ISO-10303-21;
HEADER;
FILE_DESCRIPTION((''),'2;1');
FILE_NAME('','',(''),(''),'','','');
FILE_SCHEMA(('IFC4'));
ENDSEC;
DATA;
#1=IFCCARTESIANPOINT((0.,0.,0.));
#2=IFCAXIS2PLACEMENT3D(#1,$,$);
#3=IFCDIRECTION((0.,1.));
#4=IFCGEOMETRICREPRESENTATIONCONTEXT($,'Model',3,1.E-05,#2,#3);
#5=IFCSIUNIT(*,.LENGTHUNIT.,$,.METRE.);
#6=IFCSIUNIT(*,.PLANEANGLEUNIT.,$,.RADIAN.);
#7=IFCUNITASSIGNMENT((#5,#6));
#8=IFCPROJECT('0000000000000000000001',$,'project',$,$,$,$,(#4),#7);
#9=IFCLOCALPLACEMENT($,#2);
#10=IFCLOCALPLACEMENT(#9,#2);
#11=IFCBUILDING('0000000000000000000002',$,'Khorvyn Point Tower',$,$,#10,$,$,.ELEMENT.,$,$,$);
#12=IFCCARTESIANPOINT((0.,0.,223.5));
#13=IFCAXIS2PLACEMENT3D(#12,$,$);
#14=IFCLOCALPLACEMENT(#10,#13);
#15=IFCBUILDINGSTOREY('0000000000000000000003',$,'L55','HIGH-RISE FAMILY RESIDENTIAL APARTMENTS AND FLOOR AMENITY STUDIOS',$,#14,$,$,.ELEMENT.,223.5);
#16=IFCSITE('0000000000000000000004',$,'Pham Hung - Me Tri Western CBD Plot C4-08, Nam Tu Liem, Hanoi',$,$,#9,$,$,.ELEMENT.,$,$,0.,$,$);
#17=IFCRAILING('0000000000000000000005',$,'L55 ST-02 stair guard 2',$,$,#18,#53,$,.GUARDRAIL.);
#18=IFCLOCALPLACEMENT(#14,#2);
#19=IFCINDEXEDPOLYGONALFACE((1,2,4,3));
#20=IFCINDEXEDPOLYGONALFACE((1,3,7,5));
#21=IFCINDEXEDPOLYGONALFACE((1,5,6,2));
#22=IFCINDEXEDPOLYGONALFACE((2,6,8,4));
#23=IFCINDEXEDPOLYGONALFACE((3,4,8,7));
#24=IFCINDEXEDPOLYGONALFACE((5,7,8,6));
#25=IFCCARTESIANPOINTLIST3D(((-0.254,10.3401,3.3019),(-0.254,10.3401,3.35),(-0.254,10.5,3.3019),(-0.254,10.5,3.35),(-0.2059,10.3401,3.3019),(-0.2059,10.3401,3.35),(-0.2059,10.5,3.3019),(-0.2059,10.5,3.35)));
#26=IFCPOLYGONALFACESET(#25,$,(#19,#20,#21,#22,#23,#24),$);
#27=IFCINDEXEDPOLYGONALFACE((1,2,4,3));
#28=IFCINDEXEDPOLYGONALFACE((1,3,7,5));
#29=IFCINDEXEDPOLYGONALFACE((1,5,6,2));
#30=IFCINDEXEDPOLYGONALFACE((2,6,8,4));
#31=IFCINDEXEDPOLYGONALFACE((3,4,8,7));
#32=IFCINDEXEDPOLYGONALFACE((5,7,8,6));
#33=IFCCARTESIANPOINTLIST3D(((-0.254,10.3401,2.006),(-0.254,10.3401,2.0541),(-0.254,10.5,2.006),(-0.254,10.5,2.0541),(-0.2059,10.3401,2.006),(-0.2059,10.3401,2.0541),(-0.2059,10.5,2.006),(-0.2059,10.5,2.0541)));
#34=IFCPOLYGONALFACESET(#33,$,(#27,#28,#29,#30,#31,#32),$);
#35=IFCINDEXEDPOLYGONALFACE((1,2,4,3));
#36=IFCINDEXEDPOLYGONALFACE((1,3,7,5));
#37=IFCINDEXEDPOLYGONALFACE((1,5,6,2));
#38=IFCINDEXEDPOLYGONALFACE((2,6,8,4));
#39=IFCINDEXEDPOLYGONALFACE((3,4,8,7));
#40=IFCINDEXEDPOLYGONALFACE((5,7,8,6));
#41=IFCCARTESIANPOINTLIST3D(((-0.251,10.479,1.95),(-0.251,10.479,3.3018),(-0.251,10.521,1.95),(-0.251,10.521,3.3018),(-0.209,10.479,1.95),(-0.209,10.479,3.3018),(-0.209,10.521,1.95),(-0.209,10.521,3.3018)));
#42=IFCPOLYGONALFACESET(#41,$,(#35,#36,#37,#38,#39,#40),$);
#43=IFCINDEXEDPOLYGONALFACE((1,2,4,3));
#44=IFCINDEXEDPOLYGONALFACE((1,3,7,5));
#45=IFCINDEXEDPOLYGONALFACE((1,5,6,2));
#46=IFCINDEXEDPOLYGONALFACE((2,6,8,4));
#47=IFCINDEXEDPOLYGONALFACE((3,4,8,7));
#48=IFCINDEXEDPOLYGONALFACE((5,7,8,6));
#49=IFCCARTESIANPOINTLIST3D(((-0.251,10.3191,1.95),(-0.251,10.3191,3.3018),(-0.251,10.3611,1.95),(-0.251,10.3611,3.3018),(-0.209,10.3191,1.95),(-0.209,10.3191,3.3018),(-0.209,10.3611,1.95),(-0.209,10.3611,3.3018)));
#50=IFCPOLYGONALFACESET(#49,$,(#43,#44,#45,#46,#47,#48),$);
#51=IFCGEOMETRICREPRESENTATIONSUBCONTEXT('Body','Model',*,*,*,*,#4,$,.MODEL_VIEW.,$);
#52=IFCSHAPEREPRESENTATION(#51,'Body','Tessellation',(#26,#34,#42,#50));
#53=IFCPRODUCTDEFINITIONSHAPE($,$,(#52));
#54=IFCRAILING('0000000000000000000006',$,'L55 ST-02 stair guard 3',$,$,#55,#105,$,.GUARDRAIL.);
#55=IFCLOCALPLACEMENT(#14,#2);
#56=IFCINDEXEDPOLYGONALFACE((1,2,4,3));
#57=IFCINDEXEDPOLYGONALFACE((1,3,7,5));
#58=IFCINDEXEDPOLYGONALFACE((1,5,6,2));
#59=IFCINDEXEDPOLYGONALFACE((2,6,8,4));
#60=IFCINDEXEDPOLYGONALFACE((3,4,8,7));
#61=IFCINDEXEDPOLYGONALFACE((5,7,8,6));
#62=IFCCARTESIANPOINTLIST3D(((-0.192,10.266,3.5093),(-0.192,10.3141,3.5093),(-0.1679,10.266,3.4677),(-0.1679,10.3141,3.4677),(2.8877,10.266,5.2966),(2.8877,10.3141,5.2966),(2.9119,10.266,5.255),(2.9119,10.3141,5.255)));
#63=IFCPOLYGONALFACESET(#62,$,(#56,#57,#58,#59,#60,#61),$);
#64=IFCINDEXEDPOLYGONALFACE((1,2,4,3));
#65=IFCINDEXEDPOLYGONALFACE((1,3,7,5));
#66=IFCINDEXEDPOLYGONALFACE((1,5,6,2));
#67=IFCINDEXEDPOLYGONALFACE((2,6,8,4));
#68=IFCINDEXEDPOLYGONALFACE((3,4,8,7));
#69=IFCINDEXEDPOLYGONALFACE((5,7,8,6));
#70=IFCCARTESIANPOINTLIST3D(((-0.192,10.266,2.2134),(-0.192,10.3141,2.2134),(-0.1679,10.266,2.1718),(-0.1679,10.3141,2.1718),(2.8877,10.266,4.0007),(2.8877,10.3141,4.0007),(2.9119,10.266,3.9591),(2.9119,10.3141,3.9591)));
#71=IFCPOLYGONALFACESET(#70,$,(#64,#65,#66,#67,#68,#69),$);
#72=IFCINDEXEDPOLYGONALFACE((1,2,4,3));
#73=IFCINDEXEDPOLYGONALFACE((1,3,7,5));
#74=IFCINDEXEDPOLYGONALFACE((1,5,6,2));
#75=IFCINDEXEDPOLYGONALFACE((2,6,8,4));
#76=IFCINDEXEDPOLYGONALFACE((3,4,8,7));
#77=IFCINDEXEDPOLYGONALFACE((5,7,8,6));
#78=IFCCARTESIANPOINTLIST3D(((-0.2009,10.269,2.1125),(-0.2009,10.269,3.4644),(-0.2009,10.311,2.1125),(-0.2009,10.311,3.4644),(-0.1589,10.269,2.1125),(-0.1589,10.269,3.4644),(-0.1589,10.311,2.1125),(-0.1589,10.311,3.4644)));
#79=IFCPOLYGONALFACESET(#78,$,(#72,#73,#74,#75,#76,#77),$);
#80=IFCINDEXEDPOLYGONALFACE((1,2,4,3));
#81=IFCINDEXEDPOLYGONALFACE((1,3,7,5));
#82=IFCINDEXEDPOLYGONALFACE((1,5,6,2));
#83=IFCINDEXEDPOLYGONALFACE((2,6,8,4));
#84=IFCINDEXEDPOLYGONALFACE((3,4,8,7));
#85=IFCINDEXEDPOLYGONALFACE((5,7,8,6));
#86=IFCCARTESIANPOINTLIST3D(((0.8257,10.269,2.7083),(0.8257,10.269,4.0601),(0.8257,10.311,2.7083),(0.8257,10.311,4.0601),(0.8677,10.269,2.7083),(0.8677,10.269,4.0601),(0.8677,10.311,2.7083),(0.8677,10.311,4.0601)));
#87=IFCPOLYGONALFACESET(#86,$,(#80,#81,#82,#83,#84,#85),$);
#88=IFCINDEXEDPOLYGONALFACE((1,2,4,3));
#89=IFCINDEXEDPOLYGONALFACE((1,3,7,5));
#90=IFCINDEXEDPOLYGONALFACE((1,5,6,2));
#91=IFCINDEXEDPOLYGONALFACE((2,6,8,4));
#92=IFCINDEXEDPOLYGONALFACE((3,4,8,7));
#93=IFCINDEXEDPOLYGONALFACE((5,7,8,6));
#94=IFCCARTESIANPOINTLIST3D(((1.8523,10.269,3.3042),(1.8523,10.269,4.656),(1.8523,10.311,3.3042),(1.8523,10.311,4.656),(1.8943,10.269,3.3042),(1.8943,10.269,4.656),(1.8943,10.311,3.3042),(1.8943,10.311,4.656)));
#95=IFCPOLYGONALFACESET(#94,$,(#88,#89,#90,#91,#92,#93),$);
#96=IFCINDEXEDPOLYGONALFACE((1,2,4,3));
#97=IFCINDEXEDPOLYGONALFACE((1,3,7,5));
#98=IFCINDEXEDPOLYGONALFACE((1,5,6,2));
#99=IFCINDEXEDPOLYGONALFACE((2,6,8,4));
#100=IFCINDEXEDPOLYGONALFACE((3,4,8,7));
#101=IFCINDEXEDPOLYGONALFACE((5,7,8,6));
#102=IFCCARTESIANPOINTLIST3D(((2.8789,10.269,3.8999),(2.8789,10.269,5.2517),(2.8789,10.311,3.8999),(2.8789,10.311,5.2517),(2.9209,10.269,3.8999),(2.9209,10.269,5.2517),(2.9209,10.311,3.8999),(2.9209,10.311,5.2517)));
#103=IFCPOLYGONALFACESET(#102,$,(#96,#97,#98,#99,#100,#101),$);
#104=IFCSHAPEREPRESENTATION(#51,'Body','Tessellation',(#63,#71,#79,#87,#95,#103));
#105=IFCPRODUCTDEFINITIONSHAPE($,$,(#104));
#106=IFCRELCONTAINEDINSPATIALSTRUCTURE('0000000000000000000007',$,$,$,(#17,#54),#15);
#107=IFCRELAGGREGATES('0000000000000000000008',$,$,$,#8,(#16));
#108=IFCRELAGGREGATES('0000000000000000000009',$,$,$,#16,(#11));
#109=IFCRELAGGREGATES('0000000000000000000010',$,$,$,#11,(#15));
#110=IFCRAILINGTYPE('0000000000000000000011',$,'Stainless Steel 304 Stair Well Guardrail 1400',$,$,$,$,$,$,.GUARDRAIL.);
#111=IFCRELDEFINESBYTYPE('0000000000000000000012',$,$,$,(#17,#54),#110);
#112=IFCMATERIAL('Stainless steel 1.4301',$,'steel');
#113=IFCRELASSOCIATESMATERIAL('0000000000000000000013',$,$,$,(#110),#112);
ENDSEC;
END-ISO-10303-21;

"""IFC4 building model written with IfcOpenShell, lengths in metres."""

from ifc_helpers import new_model, si_unit, direction, frame, origin, origin_2d, place, context, subcontext, project, spatial, rectangle, extrude, material, type_object, element, save


model = new_model("IFC4")

# Units and contexts
model_context = context("Model", 3, precision=1e-05, world=origin(), true_north=direction((0.0, 1.0)))
body_context = subcontext(model_context, "Body", "Model", "MODEL_VIEW")
ifc_project = project(units=[si_unit("LENGTHUNIT", "METRE"), si_unit("PLANEANGLEUNIT", "RADIAN")], contexts=[model_context])

# Site, building, storey
site_placement = place(None, origin())
site = spatial("IfcSite", under=ifc_project, at=site_placement, Name="Pham Hung - Me Tri Western CBD Plot C4-08, Nam Tu Liem, Hanoi", CompositionType="ELEMENT", RefElevation=0.0)
building_placement = place(site_placement, origin())
building = spatial("IfcBuilding", under=site, at=building_placement, Name="Khorvyn Point Tower", CompositionType="ELEMENT")
storey_placement = place(building_placement, frame((0.0, 0.0, 223.5)))
storey = spatial("IfcBuildingStorey", under=building, at=storey_placement, Name="L55", Description="HIGH-RISE FAMILY RESIDENTIAL APARTMENTS AND FLOOR AMENITY STUDIOS", CompositionType="ELEMENT", Elevation=223.5)

# Railings
ifc_material_1 = material(Name="Stainless steel 1.4301", Category="steel")
railing_type_1 = type_object("IfcRailingType", Name="Stainless Steel 304 Stair Well Guardrail 1400", PredefinedType="GUARDRAIL", material=ifc_material_1)
railing_1_placement = place(storey_placement, frame((-0.23, 10.5, 1.95)))
element("IfcRailing", 1, at=railing_1_placement, inside=storey, type_object=railing_type_1, Name="L55 ST-02 stair guard 2", PredefinedType="GUARDRAIL", context=body_context, shape_type="SweptSolid", body=[
    extrude(rectangle(XDim=0.0481, YDim=0.0481, at=origin_2d()), frame((0.0, 0.0, 1.376), z_axis=(0.0, -1.0, 0.0), x_axis=(1.0, 0.0, 0.0)), (0.0, 0.0, 1.0), 0.1599),
    extrude(rectangle(XDim=0.0481, YDim=0.0481, at=origin_2d()), frame((0.0, 0.0, 0.0801), z_axis=(0.0, -1.0, 0.0), x_axis=(1.0, 0.0, 0.0)), (0.0, 0.0, 1.0), 0.1599),
    extrude(rectangle(XDim=0.042, YDim=0.042, at=origin_2d()), origin(), (0.0, 0.0, 1.0), 1.3518),
    extrude(rectangle(XDim=0.042, YDim=0.042, at=origin_2d()), frame((0.0, -0.1599, 0.0)), (0.0, 0.0, 1.0), 1.3518),
])
railing_2_placement = place(storey_placement, frame((-0.1799, 10.29, 2.1125)))
element("IfcRailing", 2, at=railing_2_placement, inside=storey, type_object=railing_type_1, Name="L55 ST-02 stair guard 3", PredefinedType="GUARDRAIL", context=body_context, shape_type="SweptSolid", body=[
    extrude(rectangle(XDim=0.0481, YDim=0.0481, at=origin_2d()), frame((0.0, 0.0, 1.376), z_axis=(0.864903, 0.0, 0.501939), x_axis=(0.0, 1.0, 0.0)), (0.0, 0.0, 1.0), 3.5608),
    extrude(rectangle(XDim=0.0481, YDim=0.0481, at=origin_2d()), frame((0.0, 0.0, 0.0801), z_axis=(0.864903, 0.0, 0.501939), x_axis=(0.0, 1.0, 0.0)), (0.0, 0.0, 1.0), 3.5608),
    extrude(rectangle(XDim=0.042, YDim=0.042, at=origin_2d()), origin(), (0.0, 0.0, 1.0), 1.3518),
    extrude(rectangle(XDim=0.042, YDim=0.042, at=origin_2d()), frame((1.0266, 0.0, 0.5957)), (0.0, 0.0, 1.0), 1.3518),
    extrude(rectangle(XDim=0.042, YDim=0.042, at=origin_2d()), frame((2.0532, 0.0, 1.1917)), (0.0, 0.0, 1.0), 1.3518),
    extrude(rectangle(XDim=0.042, YDim=0.042, at=origin_2d()), frame((3.0798, 0.0, 1.7874)), (0.0, 0.0, 1.0), 1.3518),
])

save(model, "model.ifc")
